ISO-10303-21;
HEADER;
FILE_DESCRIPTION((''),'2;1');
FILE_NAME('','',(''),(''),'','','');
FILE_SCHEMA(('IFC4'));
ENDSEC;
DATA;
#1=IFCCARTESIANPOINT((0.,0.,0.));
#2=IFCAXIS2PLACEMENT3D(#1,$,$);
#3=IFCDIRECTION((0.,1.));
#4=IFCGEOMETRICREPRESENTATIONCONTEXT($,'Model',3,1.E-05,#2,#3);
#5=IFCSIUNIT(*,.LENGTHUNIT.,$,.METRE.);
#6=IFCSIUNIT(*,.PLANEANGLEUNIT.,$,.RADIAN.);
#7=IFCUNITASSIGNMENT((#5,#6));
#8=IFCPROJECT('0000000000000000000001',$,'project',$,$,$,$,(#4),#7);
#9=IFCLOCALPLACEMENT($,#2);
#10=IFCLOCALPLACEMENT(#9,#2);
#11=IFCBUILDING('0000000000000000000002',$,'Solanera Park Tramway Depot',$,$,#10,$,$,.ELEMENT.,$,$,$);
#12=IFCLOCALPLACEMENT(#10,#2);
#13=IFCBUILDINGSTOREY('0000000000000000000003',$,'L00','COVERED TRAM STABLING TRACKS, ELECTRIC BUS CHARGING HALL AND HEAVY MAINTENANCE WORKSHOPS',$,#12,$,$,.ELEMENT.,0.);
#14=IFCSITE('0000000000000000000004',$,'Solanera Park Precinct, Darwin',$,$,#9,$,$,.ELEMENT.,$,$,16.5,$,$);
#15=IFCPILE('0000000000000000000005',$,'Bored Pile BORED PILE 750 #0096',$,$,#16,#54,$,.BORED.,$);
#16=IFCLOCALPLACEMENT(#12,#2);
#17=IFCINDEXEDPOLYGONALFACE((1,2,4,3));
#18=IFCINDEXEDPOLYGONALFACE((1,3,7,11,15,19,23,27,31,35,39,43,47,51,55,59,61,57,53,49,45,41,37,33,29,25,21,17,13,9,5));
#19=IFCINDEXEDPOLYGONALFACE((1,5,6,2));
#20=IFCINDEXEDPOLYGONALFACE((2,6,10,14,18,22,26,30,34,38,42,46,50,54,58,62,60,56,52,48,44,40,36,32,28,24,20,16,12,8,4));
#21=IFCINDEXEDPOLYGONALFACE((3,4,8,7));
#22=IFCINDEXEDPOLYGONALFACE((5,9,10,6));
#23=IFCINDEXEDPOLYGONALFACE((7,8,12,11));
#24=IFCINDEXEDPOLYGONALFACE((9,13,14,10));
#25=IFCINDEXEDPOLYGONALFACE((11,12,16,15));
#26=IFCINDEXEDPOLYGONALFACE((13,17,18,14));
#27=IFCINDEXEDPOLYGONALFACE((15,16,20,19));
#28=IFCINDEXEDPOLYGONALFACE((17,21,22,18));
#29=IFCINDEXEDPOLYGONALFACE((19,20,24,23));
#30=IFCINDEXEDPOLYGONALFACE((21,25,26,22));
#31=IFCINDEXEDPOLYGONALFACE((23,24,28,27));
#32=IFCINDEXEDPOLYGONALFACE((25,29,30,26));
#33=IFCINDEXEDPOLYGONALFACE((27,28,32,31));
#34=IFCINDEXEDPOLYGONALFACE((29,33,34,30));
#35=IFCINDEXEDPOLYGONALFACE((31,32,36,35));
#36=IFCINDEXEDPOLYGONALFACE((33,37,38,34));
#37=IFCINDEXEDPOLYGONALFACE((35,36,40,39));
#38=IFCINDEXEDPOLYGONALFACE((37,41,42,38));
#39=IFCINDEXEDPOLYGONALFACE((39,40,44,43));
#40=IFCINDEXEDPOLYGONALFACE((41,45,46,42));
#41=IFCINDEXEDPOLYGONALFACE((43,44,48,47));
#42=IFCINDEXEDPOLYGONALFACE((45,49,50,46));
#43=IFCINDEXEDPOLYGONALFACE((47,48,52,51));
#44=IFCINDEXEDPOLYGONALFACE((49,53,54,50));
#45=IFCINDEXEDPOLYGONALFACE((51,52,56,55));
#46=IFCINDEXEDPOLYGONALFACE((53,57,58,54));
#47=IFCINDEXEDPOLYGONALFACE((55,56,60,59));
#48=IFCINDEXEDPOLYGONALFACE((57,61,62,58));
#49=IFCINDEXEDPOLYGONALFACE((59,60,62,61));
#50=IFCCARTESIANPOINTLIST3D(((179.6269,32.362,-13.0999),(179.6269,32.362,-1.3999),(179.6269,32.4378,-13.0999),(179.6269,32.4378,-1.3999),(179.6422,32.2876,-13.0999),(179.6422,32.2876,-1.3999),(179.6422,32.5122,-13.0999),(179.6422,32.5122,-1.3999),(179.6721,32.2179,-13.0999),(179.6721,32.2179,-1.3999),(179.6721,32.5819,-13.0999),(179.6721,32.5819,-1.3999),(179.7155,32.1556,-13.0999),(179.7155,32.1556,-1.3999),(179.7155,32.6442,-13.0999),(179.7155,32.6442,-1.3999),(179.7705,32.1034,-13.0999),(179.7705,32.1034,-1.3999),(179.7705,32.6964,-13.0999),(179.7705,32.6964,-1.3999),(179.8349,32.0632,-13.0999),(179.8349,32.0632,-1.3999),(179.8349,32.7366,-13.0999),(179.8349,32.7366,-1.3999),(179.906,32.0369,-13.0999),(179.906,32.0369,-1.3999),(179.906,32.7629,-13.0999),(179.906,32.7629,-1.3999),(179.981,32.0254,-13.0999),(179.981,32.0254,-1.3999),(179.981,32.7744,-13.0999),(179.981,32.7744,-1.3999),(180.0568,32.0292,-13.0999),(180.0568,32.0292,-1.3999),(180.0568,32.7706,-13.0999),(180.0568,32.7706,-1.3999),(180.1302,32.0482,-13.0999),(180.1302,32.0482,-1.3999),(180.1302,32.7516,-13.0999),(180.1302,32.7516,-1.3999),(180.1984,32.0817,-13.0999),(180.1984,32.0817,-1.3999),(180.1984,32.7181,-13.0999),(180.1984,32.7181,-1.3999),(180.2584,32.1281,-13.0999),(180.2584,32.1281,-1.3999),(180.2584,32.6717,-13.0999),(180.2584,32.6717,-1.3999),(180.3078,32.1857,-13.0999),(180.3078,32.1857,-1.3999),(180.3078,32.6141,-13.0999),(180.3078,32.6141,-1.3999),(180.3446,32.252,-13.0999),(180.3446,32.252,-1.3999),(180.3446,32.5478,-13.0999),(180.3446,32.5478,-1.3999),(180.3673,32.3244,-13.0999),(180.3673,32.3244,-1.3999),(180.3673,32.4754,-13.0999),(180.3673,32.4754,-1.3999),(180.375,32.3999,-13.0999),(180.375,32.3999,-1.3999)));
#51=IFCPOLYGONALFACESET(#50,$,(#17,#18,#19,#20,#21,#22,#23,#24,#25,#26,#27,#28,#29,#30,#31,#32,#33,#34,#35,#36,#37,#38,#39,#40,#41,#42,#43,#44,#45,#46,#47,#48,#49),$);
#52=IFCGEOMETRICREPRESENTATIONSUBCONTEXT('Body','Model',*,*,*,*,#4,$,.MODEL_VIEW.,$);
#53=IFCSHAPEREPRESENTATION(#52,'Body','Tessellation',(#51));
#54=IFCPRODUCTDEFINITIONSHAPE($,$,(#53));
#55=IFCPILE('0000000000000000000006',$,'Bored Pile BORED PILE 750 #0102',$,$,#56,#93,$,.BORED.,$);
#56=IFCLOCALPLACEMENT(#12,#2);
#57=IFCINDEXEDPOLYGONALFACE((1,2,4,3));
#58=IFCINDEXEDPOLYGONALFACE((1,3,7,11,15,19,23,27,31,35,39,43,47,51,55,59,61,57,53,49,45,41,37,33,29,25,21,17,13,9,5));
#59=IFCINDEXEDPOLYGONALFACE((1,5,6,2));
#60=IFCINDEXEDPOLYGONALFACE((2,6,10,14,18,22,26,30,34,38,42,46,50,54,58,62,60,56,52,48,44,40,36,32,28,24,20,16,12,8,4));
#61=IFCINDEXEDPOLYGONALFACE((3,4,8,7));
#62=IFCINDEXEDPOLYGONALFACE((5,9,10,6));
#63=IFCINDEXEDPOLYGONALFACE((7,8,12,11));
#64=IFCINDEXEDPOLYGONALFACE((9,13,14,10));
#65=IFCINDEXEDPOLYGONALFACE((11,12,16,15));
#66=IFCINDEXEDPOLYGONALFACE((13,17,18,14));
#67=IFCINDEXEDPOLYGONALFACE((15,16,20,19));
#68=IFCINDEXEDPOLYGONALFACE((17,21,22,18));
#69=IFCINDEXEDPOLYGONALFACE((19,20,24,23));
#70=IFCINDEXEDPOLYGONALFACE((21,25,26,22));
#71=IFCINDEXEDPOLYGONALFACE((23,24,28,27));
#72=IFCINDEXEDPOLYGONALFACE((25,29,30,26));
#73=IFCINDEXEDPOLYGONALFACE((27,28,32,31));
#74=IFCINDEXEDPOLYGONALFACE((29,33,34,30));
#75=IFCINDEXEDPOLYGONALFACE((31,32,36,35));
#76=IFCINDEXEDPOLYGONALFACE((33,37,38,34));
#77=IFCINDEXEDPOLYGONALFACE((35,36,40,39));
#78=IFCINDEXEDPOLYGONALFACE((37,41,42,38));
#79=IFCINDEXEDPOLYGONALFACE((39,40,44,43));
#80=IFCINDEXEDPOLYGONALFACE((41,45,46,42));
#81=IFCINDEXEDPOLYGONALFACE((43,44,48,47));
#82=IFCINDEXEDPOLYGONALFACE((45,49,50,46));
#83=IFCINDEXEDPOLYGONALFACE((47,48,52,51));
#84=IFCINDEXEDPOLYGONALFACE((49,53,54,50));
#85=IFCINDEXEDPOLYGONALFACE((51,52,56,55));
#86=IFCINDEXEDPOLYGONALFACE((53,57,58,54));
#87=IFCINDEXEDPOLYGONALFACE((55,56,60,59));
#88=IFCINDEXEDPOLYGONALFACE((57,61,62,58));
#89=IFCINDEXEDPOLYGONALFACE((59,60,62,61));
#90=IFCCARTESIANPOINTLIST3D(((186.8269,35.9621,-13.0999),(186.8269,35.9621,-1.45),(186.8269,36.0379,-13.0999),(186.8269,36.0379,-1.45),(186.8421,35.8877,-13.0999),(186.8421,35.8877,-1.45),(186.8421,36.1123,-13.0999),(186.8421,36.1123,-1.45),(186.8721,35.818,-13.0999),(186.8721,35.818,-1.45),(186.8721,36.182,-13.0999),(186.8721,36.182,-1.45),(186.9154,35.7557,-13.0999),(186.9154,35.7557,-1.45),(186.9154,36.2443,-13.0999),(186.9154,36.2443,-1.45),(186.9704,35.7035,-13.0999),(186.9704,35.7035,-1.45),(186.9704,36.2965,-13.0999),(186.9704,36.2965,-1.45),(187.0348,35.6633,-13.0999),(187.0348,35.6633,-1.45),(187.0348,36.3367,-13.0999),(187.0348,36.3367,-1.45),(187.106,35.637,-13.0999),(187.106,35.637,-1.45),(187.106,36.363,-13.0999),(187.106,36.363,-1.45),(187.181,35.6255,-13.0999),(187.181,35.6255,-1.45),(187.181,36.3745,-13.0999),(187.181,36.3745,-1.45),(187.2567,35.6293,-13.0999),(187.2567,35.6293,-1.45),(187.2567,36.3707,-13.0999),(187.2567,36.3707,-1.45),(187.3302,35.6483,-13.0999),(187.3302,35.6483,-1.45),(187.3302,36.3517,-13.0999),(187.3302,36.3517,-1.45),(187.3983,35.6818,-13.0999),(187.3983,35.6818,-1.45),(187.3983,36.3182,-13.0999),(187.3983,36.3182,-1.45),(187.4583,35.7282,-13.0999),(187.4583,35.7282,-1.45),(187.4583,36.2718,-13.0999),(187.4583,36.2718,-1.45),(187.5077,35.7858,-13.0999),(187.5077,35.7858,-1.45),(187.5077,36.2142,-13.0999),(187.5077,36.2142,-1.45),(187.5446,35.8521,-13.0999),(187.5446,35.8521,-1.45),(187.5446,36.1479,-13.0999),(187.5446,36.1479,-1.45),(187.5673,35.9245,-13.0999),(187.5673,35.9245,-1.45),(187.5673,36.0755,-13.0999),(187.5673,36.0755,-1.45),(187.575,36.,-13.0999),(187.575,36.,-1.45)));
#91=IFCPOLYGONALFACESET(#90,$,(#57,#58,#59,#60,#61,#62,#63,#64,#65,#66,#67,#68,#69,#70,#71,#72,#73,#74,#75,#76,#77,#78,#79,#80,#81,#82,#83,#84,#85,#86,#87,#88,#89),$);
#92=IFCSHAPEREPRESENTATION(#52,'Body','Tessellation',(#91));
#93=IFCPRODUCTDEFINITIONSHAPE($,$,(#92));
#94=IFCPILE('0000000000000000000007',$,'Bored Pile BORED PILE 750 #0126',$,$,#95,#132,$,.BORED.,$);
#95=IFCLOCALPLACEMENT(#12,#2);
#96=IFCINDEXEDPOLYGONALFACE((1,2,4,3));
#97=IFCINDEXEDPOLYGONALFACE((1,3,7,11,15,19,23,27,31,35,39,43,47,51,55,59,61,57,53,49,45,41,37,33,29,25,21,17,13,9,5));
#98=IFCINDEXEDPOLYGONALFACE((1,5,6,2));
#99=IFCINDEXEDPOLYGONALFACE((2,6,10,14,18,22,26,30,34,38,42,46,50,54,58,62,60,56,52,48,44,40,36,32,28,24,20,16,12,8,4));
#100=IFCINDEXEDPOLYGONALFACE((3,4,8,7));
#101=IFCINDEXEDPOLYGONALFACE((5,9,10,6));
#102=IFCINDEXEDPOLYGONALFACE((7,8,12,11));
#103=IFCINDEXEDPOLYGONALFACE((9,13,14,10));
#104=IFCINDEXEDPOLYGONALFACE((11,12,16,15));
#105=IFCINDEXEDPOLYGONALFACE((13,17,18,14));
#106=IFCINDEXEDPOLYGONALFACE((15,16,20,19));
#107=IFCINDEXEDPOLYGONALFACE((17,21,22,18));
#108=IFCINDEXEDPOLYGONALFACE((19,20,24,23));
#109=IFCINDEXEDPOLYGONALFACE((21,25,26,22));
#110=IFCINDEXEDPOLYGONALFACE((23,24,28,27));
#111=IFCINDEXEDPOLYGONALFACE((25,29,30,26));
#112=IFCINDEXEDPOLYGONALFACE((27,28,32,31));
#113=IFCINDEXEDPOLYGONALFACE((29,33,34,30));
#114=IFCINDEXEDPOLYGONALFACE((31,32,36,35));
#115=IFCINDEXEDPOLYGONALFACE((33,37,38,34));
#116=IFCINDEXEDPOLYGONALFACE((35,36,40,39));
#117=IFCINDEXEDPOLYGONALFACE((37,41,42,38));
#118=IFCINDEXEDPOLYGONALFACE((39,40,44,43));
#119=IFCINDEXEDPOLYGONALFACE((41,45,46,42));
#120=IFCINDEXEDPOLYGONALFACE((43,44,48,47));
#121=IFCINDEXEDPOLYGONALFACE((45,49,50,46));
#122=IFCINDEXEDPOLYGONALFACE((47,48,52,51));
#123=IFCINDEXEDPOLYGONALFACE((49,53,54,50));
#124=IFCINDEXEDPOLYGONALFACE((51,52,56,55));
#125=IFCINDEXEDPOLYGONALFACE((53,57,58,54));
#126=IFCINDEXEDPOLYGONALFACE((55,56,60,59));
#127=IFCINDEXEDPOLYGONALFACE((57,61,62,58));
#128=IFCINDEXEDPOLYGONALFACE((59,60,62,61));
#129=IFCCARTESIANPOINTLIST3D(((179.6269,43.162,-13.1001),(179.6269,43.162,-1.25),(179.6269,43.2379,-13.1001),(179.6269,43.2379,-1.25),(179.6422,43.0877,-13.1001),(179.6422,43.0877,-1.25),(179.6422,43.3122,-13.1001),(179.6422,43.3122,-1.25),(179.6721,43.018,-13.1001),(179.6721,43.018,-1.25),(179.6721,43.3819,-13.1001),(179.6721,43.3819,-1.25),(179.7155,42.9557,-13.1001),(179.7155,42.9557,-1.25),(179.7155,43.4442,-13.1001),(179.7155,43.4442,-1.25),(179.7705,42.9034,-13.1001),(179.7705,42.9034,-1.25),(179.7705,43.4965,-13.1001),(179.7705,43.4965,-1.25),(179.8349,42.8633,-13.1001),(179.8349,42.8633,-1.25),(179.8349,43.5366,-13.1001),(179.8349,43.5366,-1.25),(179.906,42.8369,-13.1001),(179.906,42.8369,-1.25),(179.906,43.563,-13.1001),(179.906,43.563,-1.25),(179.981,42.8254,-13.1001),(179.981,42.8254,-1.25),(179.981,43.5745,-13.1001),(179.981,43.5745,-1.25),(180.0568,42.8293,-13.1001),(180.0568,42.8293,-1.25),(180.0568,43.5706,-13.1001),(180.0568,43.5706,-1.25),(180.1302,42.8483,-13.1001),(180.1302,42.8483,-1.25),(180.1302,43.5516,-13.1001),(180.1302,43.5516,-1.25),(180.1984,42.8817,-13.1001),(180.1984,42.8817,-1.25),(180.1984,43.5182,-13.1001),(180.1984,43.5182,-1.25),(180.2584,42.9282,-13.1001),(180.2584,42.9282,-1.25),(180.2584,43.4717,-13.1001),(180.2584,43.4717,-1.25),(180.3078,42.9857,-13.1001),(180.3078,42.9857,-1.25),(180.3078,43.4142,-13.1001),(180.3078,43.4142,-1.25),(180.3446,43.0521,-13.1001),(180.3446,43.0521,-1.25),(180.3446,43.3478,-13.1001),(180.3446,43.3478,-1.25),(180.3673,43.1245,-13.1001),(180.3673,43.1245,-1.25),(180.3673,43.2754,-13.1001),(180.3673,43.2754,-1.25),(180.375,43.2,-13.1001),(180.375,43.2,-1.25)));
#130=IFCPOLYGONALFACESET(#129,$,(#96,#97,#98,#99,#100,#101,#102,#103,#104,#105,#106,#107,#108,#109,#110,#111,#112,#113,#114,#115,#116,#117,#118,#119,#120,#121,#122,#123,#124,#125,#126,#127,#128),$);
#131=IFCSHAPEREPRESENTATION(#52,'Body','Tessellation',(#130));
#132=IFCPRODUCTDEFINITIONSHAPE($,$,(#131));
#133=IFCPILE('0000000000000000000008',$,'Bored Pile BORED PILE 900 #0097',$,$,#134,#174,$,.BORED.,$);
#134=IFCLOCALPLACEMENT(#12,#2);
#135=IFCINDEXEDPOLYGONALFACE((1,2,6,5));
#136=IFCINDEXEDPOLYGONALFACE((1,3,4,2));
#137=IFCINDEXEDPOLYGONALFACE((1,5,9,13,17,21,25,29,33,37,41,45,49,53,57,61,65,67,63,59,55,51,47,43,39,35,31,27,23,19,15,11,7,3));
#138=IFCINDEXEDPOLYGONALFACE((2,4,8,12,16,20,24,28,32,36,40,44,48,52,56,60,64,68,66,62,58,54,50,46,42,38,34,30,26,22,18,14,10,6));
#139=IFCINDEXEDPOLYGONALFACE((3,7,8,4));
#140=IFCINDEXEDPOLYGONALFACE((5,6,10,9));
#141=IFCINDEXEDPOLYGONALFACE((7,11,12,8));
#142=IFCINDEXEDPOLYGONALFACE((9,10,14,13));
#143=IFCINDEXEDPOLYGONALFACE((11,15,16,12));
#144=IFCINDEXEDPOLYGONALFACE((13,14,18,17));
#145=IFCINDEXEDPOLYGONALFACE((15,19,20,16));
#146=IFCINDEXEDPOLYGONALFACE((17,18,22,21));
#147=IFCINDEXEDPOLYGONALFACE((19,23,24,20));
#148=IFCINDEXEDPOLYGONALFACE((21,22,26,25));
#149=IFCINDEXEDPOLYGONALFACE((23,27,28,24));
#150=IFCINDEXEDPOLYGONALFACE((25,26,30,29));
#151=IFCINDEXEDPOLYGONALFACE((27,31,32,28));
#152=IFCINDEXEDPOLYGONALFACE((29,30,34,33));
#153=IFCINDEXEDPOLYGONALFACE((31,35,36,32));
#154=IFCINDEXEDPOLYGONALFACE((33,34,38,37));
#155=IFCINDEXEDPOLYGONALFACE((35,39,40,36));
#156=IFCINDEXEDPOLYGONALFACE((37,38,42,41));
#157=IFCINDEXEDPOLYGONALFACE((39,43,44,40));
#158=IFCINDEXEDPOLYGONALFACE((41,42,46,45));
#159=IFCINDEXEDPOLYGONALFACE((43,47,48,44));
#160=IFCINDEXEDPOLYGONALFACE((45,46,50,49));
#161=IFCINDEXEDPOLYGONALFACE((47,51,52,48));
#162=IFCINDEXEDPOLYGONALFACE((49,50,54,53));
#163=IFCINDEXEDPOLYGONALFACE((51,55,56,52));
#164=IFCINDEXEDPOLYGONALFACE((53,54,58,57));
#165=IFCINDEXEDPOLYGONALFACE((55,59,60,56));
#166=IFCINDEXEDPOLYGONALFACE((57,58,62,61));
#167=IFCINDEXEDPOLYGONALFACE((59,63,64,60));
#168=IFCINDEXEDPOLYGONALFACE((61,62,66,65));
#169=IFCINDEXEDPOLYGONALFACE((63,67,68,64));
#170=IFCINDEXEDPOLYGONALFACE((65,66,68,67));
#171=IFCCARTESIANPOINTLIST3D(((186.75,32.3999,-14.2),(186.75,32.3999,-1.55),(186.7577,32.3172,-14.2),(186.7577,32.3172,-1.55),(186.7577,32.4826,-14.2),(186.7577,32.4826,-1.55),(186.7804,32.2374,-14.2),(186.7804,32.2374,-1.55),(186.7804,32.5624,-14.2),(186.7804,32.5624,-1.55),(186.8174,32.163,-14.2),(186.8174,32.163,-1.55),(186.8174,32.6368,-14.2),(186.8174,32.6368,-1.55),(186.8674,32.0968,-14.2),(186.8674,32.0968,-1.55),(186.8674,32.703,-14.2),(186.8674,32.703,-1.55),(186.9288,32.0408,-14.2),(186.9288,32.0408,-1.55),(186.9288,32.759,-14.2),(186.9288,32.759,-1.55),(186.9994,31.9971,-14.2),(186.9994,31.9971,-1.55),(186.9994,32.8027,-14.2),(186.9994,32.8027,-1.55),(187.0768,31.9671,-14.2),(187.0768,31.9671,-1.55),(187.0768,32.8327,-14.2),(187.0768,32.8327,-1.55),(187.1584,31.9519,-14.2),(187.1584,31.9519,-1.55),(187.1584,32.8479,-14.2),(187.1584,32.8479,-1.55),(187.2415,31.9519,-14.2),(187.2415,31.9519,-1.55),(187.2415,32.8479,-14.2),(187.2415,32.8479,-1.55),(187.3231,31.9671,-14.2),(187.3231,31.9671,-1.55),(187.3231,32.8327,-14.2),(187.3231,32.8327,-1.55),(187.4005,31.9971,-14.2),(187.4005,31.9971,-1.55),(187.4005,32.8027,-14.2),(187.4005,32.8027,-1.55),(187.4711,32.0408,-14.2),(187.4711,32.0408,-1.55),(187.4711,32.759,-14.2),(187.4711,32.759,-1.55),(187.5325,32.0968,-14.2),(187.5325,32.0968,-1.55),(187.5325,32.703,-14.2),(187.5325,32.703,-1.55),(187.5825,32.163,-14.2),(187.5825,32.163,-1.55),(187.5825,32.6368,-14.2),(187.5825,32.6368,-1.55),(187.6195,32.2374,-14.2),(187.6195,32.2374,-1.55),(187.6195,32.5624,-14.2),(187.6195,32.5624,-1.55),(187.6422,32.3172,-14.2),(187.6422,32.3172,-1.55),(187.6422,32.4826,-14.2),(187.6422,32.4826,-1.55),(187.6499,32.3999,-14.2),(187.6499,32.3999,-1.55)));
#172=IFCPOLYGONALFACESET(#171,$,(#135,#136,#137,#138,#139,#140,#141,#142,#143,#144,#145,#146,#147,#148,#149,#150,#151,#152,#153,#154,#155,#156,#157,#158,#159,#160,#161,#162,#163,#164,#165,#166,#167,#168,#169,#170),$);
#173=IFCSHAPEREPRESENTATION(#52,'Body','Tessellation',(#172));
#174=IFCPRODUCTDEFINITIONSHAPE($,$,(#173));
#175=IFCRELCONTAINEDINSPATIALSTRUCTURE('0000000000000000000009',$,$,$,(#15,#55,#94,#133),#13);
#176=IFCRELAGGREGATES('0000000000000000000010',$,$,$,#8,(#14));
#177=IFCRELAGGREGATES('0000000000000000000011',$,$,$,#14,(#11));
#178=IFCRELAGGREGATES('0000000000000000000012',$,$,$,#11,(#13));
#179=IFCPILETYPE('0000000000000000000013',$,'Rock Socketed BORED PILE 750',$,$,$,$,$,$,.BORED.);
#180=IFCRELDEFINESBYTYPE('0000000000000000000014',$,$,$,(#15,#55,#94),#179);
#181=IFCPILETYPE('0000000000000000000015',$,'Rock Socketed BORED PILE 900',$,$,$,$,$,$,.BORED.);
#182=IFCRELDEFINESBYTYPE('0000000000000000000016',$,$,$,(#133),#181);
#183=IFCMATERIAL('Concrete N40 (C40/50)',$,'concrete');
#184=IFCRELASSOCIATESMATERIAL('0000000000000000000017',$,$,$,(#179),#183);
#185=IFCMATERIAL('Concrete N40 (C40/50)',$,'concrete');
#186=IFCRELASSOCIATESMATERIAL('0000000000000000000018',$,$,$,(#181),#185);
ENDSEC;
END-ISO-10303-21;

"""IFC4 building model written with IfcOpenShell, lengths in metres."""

from ifc_helpers import new_model, si_unit, direction, frame, origin, origin_2d, place, context, subcontext, project, spatial, circle, extrude, material, material_profile, profile_set, type_object, element, save


model = new_model("IFC4")

# Units and contexts
model_context = context("Model", 3, precision=1e-05, world=origin(), true_north=direction((0.0, 1.0)))
body_context = subcontext(model_context, "Body", "Model", "MODEL_VIEW")
ifc_project = project(units=[si_unit("LENGTHUNIT", "METRE"), si_unit("PLANEANGLEUNIT", "RADIAN")], contexts=[model_context])

# Site, building, storey
site_placement = place(None, origin())
site = spatial("IfcSite", under=ifc_project, at=site_placement, Name="Solanera Park Precinct, Darwin", CompositionType="ELEMENT", RefElevation=16.5)
building_placement = place(site_placement, origin())
building = spatial("IfcBuilding", under=site, at=building_placement, Name="Solanera Park Tramway Depot", CompositionType="ELEMENT")
storey_placement = place(building_placement, origin())
storey = spatial("IfcBuildingStorey", under=building, at=storey_placement, Name="L00", Description="COVERED TRAM STABLING TRACKS, ELECTRIC BUS CHARGING HALL AND HEAVY MAINTENANCE WORKSHOPS", CompositionType="ELEMENT", Elevation=0.0)

# Piles
ifc_material_1 = material(Name="Concrete N40 (C40/50)", Category="concrete")
ifc_material_profile_1 = material_profile(ifc_material_1, circle(Radius=0.375, at=origin_2d()), Name="BORED PILE 750")
ifc_profile_set_1 = profile_set([ifc_material_profile_1], Name="Concrete N40 (C40/50)")
pile_type_1 = type_object("IfcPileType", Name="Rock Socketed BORED PILE 750", PredefinedType="BORED", material=ifc_profile_set_1)
pile_1_placement = place(storey_placement, frame((180.0, 32.3999, -1.3999), z_axis=(0.0, 0.0, -1.0), x_axis=(1.0, 0.0, 0.0)))
element("IfcPile", 1, at=pile_1_placement, inside=storey, type_object=pile_type_1, Name="Bored Pile BORED PILE 750 #0096", PredefinedType="BORED", context=body_context, shape_type="SweptSolid", body=[
    extrude(circle(Radius=0.375, at=origin_2d()), origin(), (0.0, 0.0, 1.0), 11.7),
])
pile_2_placement = place(storey_placement, frame((187.2, 36.0, -1.45), z_axis=(0.0, 0.0, -1.0), x_axis=(1.0, 0.0, 0.0)))
element("IfcPile", 2, at=pile_2_placement, inside=storey, type_object=pile_type_1, Name="Bored Pile BORED PILE 750 #0102", PredefinedType="BORED", context=body_context, shape_type="SweptSolid", body=[
    extrude(circle(Radius=0.375, at=origin_2d()), origin(), (0.0, 0.0, 1.0), 11.6499),
])
pile_3_placement = place(storey_placement, frame((180.0, 43.2, -1.25), z_axis=(0.0, 0.0, -1.0), x_axis=(1.0, 0.0, 0.0)))
element("IfcPile", 3, at=pile_3_placement, inside=storey, type_object=pile_type_1, Name="Bored Pile BORED PILE 750 #0126", PredefinedType="BORED", context=body_context, shape_type="SweptSolid", body=[
    extrude(circle(Radius=0.375, at=origin_2d()), origin(), (0.0, 0.0, 1.0), 11.8501),
])
ifc_material_2 = material(Name="Concrete N40 (C40/50)", Category="concrete")
ifc_material_profile_2 = material_profile(ifc_material_2, circle(Radius=0.45, at=origin_2d()), Name="BORED PILE 900")
ifc_profile_set_2 = profile_set([ifc_material_profile_2], Name="Concrete N40 (C40/50)")
pile_type_2 = type_object("IfcPileType", Name="Rock Socketed BORED PILE 900", PredefinedType="BORED", material=ifc_profile_set_2)
pile_4_placement = place(storey_placement, frame((187.2, 32.3999, -1.55), z_axis=(0.0, 0.0, -1.0), x_axis=(1.0, 0.0, 0.0)))
element("IfcPile", 4, at=pile_4_placement, inside=storey, type_object=pile_type_2, Name="Bored Pile BORED PILE 900 #0097", PredefinedType="BORED", context=body_context, shape_type="SweptSolid", body=[
    extrude(circle(Radius=0.45, at=origin_2d()), origin(), (0.0, 0.0, 1.0), 12.6499),
])

save(model, "model.ifc")
